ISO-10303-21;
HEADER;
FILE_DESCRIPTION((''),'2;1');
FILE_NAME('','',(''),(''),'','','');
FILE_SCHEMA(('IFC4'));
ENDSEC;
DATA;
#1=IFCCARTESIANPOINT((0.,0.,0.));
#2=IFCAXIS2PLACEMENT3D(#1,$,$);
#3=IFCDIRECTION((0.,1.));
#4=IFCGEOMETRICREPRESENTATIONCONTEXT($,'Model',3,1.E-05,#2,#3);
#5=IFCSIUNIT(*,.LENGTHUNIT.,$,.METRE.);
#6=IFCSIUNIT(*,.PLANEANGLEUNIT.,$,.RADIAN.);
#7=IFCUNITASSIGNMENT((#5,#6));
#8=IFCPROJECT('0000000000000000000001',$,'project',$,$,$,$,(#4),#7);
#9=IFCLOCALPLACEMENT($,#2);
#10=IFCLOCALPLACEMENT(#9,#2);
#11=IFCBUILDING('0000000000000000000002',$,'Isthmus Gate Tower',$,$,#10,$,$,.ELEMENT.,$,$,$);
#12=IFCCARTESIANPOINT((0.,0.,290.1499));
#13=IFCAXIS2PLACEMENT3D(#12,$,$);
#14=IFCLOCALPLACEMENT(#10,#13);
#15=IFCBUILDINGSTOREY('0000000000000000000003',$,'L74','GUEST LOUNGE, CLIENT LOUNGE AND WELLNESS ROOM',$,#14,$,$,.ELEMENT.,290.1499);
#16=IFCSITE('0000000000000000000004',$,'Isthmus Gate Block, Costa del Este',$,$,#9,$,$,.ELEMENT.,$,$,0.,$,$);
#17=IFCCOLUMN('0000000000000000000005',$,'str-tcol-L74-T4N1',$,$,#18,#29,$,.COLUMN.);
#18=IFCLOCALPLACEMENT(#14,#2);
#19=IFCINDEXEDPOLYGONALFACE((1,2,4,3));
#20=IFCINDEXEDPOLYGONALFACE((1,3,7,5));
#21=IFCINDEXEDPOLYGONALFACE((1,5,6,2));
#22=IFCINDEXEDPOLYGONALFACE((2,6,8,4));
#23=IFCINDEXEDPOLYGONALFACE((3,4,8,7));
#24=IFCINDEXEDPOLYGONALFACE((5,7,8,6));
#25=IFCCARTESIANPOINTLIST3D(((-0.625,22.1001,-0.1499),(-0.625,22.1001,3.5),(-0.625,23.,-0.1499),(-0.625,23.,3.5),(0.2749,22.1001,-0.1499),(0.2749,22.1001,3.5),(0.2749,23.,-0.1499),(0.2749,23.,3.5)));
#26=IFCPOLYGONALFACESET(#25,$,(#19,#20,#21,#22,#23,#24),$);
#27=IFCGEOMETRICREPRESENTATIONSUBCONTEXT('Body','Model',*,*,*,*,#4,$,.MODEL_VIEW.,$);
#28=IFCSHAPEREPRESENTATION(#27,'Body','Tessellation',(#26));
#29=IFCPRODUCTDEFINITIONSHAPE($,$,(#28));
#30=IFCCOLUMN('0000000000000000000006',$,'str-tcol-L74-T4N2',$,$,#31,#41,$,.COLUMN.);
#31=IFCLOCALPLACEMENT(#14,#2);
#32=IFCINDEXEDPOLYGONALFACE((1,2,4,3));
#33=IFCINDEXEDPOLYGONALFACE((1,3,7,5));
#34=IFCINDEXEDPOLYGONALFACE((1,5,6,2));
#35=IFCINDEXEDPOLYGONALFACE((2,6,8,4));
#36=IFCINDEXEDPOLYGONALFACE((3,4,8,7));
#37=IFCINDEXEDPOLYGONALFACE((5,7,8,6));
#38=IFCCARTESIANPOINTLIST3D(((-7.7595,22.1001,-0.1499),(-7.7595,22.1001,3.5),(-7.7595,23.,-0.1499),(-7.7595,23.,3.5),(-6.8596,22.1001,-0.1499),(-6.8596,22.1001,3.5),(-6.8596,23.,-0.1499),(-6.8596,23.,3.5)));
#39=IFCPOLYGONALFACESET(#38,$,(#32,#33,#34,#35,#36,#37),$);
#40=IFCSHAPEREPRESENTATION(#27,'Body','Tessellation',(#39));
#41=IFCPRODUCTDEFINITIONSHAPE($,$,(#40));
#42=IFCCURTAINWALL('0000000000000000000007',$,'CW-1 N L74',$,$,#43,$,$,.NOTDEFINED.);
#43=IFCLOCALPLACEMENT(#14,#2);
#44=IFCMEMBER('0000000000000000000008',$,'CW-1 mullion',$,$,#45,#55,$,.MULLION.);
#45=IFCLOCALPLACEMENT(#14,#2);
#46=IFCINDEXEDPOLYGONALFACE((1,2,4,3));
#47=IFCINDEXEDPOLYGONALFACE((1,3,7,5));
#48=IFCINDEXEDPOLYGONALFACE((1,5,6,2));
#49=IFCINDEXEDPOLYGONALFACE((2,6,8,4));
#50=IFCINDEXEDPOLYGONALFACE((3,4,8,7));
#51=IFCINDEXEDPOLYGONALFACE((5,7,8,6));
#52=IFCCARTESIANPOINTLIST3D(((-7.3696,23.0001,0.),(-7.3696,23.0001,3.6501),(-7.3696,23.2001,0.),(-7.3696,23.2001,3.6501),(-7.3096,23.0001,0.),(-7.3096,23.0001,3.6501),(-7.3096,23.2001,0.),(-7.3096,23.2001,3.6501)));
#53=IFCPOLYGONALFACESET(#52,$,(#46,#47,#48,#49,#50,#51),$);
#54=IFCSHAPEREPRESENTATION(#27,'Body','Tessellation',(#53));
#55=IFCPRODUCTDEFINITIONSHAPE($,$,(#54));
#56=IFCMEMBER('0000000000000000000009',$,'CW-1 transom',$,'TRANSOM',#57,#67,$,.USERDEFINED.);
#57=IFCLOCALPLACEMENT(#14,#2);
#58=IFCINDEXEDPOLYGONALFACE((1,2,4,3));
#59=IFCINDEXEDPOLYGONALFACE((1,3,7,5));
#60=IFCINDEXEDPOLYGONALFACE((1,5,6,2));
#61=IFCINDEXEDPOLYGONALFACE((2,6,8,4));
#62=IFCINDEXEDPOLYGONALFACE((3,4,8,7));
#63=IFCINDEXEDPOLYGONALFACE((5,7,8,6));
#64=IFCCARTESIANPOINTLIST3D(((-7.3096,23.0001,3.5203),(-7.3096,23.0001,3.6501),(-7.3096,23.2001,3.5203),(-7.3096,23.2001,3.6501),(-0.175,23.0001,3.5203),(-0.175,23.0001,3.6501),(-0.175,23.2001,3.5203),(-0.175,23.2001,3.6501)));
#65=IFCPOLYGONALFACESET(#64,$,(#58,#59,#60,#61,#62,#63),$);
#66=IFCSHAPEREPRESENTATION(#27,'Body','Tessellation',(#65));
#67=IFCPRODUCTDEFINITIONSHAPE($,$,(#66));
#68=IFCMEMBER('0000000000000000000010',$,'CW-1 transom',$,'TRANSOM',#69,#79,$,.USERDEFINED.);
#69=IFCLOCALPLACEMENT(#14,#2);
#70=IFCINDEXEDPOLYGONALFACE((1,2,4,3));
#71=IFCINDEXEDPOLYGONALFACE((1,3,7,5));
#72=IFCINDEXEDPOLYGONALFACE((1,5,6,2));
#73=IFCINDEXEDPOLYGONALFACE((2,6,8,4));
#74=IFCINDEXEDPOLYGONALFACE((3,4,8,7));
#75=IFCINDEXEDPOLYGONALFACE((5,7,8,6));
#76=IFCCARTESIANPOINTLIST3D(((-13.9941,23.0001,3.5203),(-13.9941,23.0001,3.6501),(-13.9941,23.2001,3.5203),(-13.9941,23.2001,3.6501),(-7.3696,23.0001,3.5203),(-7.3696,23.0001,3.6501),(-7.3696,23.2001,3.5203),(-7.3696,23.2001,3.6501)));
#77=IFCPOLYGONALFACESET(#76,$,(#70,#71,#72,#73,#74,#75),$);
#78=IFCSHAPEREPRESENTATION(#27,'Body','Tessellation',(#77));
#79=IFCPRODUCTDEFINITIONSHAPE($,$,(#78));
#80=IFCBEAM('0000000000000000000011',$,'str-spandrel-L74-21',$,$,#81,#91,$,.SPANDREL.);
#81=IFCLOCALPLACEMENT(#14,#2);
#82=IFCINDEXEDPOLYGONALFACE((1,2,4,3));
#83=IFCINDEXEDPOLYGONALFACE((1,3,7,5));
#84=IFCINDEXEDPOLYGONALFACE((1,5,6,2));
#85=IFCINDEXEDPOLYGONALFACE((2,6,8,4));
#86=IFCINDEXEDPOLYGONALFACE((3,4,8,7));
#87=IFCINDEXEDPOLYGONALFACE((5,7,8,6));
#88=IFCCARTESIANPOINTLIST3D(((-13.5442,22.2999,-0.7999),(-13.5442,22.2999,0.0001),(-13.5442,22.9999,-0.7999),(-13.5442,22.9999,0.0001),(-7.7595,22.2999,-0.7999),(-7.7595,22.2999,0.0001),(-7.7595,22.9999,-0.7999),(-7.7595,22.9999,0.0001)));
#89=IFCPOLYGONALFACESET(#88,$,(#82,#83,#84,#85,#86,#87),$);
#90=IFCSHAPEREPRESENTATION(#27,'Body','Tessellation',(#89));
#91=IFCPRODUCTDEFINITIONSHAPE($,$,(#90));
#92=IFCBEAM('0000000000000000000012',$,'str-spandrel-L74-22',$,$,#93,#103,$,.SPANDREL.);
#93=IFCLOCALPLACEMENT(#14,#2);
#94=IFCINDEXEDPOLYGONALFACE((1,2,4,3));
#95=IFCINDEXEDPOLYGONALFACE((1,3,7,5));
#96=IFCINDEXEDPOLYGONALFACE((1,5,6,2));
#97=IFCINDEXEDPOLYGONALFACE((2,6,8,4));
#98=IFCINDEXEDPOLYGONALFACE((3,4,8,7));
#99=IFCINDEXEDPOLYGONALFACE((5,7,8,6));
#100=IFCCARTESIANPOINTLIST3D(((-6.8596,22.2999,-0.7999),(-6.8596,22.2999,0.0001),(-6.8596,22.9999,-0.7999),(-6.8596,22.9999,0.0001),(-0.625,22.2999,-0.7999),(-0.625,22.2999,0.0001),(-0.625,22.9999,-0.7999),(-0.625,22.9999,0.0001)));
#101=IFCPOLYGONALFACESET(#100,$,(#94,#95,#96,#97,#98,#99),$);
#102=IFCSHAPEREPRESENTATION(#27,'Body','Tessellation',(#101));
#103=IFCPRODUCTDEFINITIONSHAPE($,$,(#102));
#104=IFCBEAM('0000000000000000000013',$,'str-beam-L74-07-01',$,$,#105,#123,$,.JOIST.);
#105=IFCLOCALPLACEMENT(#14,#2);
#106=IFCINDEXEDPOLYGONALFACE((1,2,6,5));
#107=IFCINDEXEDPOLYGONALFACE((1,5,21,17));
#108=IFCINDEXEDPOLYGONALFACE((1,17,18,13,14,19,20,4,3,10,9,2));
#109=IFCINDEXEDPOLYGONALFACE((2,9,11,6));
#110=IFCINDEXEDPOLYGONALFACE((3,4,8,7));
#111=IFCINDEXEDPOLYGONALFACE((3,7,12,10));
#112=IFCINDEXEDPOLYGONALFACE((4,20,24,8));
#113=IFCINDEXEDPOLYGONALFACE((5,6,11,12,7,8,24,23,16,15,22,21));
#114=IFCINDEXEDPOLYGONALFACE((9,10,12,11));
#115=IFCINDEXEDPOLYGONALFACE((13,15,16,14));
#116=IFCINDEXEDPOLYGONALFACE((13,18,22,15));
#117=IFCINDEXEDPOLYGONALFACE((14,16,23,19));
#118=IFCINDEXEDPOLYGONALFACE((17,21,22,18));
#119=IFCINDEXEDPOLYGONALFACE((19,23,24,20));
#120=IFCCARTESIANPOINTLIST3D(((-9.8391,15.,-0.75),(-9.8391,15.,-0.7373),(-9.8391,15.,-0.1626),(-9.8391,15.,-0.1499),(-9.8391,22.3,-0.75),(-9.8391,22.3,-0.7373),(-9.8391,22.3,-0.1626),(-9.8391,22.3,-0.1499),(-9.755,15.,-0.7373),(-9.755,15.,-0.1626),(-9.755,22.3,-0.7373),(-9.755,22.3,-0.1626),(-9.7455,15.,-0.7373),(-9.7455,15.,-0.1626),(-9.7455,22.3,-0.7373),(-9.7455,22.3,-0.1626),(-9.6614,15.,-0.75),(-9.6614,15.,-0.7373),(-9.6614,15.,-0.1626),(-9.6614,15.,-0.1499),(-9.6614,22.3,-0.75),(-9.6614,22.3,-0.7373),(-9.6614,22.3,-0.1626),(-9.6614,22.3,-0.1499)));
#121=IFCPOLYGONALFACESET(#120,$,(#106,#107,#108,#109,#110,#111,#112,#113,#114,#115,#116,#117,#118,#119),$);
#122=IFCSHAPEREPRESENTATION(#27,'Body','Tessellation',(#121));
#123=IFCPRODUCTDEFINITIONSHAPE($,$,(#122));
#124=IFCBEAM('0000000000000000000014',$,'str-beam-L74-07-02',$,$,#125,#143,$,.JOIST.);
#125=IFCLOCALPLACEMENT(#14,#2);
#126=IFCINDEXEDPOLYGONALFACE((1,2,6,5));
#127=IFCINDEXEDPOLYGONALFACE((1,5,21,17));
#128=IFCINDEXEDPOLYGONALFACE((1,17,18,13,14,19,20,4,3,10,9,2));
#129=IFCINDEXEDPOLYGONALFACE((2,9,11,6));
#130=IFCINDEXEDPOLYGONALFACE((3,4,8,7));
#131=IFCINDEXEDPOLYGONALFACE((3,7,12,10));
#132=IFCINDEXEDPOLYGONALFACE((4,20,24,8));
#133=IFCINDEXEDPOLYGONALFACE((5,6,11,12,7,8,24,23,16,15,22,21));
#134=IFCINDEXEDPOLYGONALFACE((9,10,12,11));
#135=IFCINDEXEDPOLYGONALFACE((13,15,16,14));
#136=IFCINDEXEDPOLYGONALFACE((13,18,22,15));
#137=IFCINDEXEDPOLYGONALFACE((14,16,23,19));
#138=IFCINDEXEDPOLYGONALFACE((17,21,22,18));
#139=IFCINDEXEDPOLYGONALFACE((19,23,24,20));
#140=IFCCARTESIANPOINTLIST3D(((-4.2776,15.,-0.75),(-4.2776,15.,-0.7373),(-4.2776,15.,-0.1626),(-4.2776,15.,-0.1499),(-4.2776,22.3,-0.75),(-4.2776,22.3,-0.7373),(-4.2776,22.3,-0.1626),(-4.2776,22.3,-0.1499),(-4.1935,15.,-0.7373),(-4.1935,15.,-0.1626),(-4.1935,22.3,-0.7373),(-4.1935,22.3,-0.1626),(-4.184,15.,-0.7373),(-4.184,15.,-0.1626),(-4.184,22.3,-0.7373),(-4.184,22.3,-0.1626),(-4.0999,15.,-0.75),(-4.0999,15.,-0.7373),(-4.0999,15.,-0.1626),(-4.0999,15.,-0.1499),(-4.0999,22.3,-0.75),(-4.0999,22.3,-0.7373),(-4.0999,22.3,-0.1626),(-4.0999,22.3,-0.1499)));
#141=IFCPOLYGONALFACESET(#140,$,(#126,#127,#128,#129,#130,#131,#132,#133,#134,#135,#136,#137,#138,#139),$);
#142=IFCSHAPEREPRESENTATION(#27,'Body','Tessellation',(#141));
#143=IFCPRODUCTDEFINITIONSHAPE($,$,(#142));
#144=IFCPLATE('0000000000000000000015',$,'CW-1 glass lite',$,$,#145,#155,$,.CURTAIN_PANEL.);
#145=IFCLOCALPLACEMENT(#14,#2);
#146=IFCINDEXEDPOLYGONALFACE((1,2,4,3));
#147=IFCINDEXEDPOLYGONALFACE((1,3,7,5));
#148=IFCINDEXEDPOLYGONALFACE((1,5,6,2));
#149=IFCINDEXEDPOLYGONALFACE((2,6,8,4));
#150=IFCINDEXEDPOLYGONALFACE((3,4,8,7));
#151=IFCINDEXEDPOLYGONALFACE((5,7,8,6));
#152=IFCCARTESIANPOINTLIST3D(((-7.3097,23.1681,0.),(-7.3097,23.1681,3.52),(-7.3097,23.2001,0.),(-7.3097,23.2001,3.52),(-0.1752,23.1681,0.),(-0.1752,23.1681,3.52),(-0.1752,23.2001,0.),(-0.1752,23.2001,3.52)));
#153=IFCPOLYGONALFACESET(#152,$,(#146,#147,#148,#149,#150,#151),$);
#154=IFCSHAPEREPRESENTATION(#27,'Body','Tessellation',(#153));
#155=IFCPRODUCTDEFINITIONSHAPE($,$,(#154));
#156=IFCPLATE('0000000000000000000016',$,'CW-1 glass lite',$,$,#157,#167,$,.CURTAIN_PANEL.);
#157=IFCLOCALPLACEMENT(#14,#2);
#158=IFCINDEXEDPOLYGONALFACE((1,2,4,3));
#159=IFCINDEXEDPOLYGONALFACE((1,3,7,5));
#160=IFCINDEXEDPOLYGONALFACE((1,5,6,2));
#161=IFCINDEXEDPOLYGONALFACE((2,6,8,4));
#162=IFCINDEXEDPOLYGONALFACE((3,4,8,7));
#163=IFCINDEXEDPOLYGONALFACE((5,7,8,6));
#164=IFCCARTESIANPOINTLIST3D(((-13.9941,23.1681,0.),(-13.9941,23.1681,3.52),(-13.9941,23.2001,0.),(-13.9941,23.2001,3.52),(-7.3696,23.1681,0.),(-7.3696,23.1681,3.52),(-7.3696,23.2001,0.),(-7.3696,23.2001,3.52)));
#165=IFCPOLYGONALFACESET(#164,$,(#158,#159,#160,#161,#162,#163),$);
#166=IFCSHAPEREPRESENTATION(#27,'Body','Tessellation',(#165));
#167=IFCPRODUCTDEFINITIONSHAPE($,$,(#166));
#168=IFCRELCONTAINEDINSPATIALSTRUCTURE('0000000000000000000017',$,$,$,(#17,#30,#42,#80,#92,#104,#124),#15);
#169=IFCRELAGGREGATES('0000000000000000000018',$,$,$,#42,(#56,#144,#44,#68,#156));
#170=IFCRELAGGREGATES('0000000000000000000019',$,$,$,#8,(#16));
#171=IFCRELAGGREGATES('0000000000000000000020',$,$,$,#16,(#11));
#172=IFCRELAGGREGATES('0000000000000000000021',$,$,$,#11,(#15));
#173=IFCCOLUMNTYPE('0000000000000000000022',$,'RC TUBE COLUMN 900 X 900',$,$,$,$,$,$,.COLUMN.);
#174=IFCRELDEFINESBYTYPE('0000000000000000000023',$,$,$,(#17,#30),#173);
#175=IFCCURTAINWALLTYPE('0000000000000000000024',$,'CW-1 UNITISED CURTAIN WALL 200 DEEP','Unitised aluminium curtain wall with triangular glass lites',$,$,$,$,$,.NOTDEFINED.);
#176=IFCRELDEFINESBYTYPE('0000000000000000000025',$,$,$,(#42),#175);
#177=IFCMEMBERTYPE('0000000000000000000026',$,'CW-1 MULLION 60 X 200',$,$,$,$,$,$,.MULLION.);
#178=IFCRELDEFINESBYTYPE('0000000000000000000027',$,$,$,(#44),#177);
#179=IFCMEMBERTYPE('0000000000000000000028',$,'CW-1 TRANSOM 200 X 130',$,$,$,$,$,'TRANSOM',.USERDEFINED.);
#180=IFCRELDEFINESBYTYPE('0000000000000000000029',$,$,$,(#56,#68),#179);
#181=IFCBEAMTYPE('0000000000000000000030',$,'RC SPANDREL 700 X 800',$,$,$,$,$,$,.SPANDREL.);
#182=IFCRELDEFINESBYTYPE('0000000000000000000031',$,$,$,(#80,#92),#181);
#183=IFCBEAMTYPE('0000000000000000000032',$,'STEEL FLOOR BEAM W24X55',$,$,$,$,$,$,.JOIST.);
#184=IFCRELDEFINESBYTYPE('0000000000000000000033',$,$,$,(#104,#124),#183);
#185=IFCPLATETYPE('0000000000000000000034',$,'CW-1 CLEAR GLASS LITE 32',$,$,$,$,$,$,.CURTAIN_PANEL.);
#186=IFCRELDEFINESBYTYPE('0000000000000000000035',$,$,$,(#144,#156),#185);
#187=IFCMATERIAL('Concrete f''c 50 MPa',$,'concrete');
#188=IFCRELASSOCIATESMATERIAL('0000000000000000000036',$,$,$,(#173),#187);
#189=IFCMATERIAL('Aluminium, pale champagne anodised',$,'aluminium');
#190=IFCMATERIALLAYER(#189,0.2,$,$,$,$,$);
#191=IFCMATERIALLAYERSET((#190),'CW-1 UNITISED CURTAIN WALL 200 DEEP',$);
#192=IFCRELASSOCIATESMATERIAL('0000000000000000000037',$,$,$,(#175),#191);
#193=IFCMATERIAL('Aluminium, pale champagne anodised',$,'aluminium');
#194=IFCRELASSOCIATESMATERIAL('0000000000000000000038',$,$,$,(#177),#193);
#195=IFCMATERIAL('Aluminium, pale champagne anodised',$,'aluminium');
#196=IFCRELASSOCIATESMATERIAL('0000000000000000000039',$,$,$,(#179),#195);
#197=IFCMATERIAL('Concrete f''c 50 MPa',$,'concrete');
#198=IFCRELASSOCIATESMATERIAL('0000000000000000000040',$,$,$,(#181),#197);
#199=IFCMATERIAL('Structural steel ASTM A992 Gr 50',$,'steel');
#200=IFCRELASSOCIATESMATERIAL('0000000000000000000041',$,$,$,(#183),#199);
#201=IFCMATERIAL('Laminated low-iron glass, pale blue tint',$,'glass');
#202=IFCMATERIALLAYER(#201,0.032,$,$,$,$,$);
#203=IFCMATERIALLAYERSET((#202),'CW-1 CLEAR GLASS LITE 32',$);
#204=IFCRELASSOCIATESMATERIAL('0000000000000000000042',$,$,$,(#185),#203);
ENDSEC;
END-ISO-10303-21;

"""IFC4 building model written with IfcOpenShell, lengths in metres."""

from ifc_helpers import new_model, si_unit, direction, frame, origin, origin_2d, place, context, subcontext, project, spatial, rectangle, i_section, extrude, material, layer, layer_set, material_profile, profile_set, type_object, element, aggregate, save


model = new_model("IFC4")

# Units and contexts
model_context = context("Model", 3, precision=1e-05, world=origin(), true_north=direction((0.0, 1.0)))
body_context = subcontext(model_context, "Body", "Model", "MODEL_VIEW")
ifc_project = project(units=[si_unit("LENGTHUNIT", "METRE"), si_unit("PLANEANGLEUNIT", "RADIAN")], contexts=[model_context])

# Site, building, storey
site_placement = place(None, origin())
site = spatial("IfcSite", under=ifc_project, at=site_placement, Name="Isthmus Gate Block, Costa del Este", CompositionType="ELEMENT", RefElevation=0.0)
building_placement = place(site_placement, origin())
building = spatial("IfcBuilding", under=site, at=building_placement, Name="Isthmus Gate Tower", CompositionType="ELEMENT")
storey_placement = place(building_placement, frame((0.0, 0.0, 290.1499)))
storey = spatial("IfcBuildingStorey", under=building, at=storey_placement, Name="L74", Description="GUEST LOUNGE, CLIENT LOUNGE AND WELLNESS ROOM", CompositionType="ELEMENT", Elevation=290.1499)

# Columns
ifc_material_1 = material(Name="Concrete f'c 50 MPa", Category="concrete")
ifc_material_profile_1 = material_profile(ifc_material_1, rectangle(XDim=0.8999, YDim=0.8999, at=origin_2d()), Name="RC 900X900")
ifc_profile_set_1 = profile_set([ifc_material_profile_1], Name="Concrete f'c 50 MPa")
column_type = type_object("IfcColumnType", Name="RC TUBE COLUMN 900 X 900", PredefinedType="COLUMN", material=ifc_profile_set_1)
for number, where, z_axis, x_axis, name in (
    (1, (-0.175, 22.55, -0.1499), (0.0, 0.0, 1.0), (-1.0, 0.0, 0.0), "str-tcol-L74-T4N1"),
    (2, (-7.3096, 22.55, -0.1499), (0.0, 0.0, 1.0), (-1.0, 0.0, 0.0), "str-tcol-L74-T4N2"),
):
    element("IfcColumn", number, at=place(storey_placement, frame(where, z_axis=z_axis, x_axis=x_axis)), inside=storey, type_object=column_type, Name=name, PredefinedType="COLUMN", context=body_context, shape_type="SweptSolid", body=[
        extrude(rectangle(XDim=0.8999, YDim=0.8999, at=origin_2d()), origin(), (0.0, 0.0, 1.0), 3.6499),
    ])

# Curtain wall, members
ifc_material_2 = material(Name="Aluminium, pale champagne anodised", Category="aluminium")
ifc_layer_1 = layer(ifc_material_2, 0.2)
ifc_layer_set_1 = layer_set([ifc_layer_1], Name="CW-1 UNITISED CURTAIN WALL 200 DEEP")
curtain_wall_type = type_object("IfcCurtainWallType", Name="CW-1 UNITISED CURTAIN WALL 200 DEEP", Description="Unitised aluminium curtain wall with triangular glass lites", PredefinedType="NOTDEFINED", material=ifc_layer_set_1)
curtain_wall_placement = place(storey_placement, origin())
curtain_wall = element("IfcCurtainWall", 3, at=curtain_wall_placement, inside=storey, type_object=curtain_wall_type, Name="CW-1 N L74", PredefinedType="NOTDEFINED")
ifc_material_3 = material(Name="Aluminium, pale champagne anodised", Category="aluminium")
ifc_material_profile_2 = material_profile(ifc_material_3, rectangle(XDim=0.0601, YDim=0.2, at=origin_2d()), Name="60x200")
ifc_profile_set_2 = profile_set([ifc_material_profile_2], Name="Aluminium, pale champagne anodised")
member_type_1 = type_object("IfcMemberType", Name="CW-1 MULLION 60 X 200", PredefinedType="MULLION", material=ifc_profile_set_2)
member_1_placement = place(storey_placement, frame((-7.3396, 23.1001, 0.0), z_axis=(0.0, 0.0, 1.0), x_axis=(-1.0, 0.0, 0.0)))
member_1 = element("IfcMember", 4, at=member_1_placement, type_object=member_type_1, Name="CW-1 mullion", PredefinedType="MULLION", context=body_context, shape_type="SweptSolid", body=[
    extrude(rectangle(XDim=0.0601, YDim=0.2, at=origin_2d()), origin(), (0.0, 0.0, 1.0), 3.6501),
])
ifc_material_4 = material(Name="Aluminium, pale champagne anodised", Category="aluminium")
ifc_material_profile_3 = material_profile(ifc_material_4, rectangle(XDim=0.2, YDim=0.1299, at=origin_2d()), Name="200x130")
ifc_profile_set_3 = profile_set([ifc_material_profile_3], Name="Aluminium, pale champagne anodised")
member_type_2 = type_object("IfcMemberType", Name="CW-1 TRANSOM 200 X 130", ElementType="TRANSOM", PredefinedType="USERDEFINED", material=ifc_profile_set_3)
member_2_placement = place(storey_placement, frame((-0.175, 23.1001, 3.5852), z_axis=(-1.0, 0.0, 0.0), x_axis=(0.0, -1.0, 0.0)))
member_2 = element("IfcMember", 5, at=member_2_placement, type_object=member_type_2, Name="CW-1 transom", ObjectType="TRANSOM", PredefinedType="USERDEFINED", context=body_context, shape_type="SweptSolid", body=[
    extrude(rectangle(XDim=0.2, YDim=0.1299, at=origin_2d()), origin(), (0.0, 0.0, 1.0), 7.1345),
])
member_3_placement = place(storey_placement, frame((-7.3696, 23.1001, 3.5852), z_axis=(-1.0, 0.0, 0.0), x_axis=(0.0, -1.0, 0.0)))
member_3 = element("IfcMember", 6, at=member_3_placement, type_object=member_type_2, Name="CW-1 transom", ObjectType="TRANSOM", PredefinedType="USERDEFINED", context=body_context, shape_type="SweptSolid", body=[
    extrude(rectangle(XDim=0.2, YDim=0.1299, at=origin_2d()), origin(), (0.0, 0.0, 1.0), 6.6245),
])

# Beams
ifc_material_5 = material(Name="Concrete f'c 50 MPa", Category="concrete")
ifc_material_profile_4 = material_profile(ifc_material_5, rectangle(XDim=0.7, YDim=0.8, at=origin_2d()), Name="RC 700X800")
ifc_profile_set_4 = profile_set([ifc_material_profile_4], Name="Concrete f'c 50 MPa")
beam_type_1 = type_object("IfcBeamType", Name="RC SPANDREL 700 X 800", PredefinedType="SPANDREL", material=ifc_profile_set_4)
beam_1_placement = place(storey_placement, frame((-13.5442, 22.6499, -0.3999), z_axis=(1.0, 0.0, 0.0), x_axis=(0.0, 1.0, 0.0)))
element("IfcBeam", 7, at=beam_1_placement, inside=storey, type_object=beam_type_1, Name="str-spandrel-L74-21", PredefinedType="SPANDREL", context=body_context, shape_type="SweptSolid", body=[
    extrude(rectangle(XDim=0.7, YDim=0.8, at=origin_2d()), origin(), (0.0, 0.0, 1.0), 5.7847),
])
beam_2_placement = place(storey_placement, frame((-6.8596, 22.6499, -0.3999), z_axis=(1.0, 0.0, 0.0), x_axis=(0.0, 1.0, 0.0)))
element("IfcBeam", 8, at=beam_2_placement, inside=storey, type_object=beam_type_1, Name="str-spandrel-L74-22", PredefinedType="SPANDREL", context=body_context, shape_type="SweptSolid", body=[
    extrude(rectangle(XDim=0.7, YDim=0.8, at=origin_2d()), origin(), (0.0, 0.0, 1.0), 6.2346),
])
ifc_material_6 = material(Name="Structural steel ASTM A992 Gr 50", Category="steel")
ifc_material_profile_5 = material_profile(ifc_material_6, i_section(OverallWidth=0.1777, OverallDepth=0.6001, WebThickness=0.0095, FlangeThickness=0.0127, at=origin_2d()), Name="W24X55")
ifc_profile_set_5 = profile_set([ifc_material_profile_5], Name="Structural steel ASTM A992 Gr 50")
beam_type_2 = type_object("IfcBeamType", Name="STEEL FLOOR BEAM W24X55", PredefinedType="JOIST", material=ifc_profile_set_5)
for number, where, z_axis, x_axis, name in (
    (9, (-9.7502, 15.0, -0.45), (0.0, 1.0, 0.0), (-1.0, 0.0, 0.0), "str-beam-L74-07-01"),
    (10, (-4.1887, 15.0, -0.45), (0.0, 1.0, 0.0), (-1.0, 0.0, 0.0), "str-beam-L74-07-02"),
):
    element("IfcBeam", number, at=place(storey_placement, frame(where, z_axis=z_axis, x_axis=x_axis)), inside=storey, type_object=beam_type_2, Name=name, PredefinedType="JOIST", context=body_context, shape_type="SweptSolid", body=[
        extrude(i_section(OverallWidth=0.1777, OverallDepth=0.6001, WebThickness=0.0095, FlangeThickness=0.0127, at=origin_2d()), origin(), (0.0, 0.0, 1.0), 7.3),
    ])

# Plates
ifc_material_7 = material(Name="Laminated low-iron glass, pale blue tint", Category="glass")
ifc_layer_2 = layer(ifc_material_7, 0.032)
ifc_layer_set_2 = layer_set([ifc_layer_2], Name="CW-1 CLEAR GLASS LITE 32")
plate_type = type_object("IfcPlateType", Name="CW-1 CLEAR GLASS LITE 32", PredefinedType="CURTAIN_PANEL", material=ifc_layer_set_2)
plate_1_placement = place(storey_placement, frame((-3.7424, 23.1841, 0.0), z_axis=(0.0, 0.0, 1.0), x_axis=(-1.0, 0.0, 0.0)))
plate_1 = element("IfcPlate", 11, at=plate_1_placement, type_object=plate_type, Name="CW-1 glass lite", PredefinedType="CURTAIN_PANEL", context=body_context, shape_type="SweptSolid", body=[
    extrude(rectangle(XDim=7.1345, YDim=0.032, at=origin_2d()), origin(), (0.0, 0.0, 1.0), 3.52),
])
plate_2_placement = place(storey_placement, frame((-10.6819, 23.1841, 0.0), z_axis=(0.0, 0.0, 1.0), x_axis=(-1.0, 0.0, 0.0)))
plate_2 = element("IfcPlate", 12, at=plate_2_placement, type_object=plate_type, Name="CW-1 glass lite", PredefinedType="CURTAIN_PANEL", context=body_context, shape_type="SweptSolid", body=[
    extrude(rectangle(XDim=6.6245, YDim=0.032, at=origin_2d()), origin(), (0.0, 0.0, 1.0), 3.52),
])
aggregate(curtain_wall, [member_2, plate_1, member_1, member_3, plate_2])

save(model, "model.ifc")
